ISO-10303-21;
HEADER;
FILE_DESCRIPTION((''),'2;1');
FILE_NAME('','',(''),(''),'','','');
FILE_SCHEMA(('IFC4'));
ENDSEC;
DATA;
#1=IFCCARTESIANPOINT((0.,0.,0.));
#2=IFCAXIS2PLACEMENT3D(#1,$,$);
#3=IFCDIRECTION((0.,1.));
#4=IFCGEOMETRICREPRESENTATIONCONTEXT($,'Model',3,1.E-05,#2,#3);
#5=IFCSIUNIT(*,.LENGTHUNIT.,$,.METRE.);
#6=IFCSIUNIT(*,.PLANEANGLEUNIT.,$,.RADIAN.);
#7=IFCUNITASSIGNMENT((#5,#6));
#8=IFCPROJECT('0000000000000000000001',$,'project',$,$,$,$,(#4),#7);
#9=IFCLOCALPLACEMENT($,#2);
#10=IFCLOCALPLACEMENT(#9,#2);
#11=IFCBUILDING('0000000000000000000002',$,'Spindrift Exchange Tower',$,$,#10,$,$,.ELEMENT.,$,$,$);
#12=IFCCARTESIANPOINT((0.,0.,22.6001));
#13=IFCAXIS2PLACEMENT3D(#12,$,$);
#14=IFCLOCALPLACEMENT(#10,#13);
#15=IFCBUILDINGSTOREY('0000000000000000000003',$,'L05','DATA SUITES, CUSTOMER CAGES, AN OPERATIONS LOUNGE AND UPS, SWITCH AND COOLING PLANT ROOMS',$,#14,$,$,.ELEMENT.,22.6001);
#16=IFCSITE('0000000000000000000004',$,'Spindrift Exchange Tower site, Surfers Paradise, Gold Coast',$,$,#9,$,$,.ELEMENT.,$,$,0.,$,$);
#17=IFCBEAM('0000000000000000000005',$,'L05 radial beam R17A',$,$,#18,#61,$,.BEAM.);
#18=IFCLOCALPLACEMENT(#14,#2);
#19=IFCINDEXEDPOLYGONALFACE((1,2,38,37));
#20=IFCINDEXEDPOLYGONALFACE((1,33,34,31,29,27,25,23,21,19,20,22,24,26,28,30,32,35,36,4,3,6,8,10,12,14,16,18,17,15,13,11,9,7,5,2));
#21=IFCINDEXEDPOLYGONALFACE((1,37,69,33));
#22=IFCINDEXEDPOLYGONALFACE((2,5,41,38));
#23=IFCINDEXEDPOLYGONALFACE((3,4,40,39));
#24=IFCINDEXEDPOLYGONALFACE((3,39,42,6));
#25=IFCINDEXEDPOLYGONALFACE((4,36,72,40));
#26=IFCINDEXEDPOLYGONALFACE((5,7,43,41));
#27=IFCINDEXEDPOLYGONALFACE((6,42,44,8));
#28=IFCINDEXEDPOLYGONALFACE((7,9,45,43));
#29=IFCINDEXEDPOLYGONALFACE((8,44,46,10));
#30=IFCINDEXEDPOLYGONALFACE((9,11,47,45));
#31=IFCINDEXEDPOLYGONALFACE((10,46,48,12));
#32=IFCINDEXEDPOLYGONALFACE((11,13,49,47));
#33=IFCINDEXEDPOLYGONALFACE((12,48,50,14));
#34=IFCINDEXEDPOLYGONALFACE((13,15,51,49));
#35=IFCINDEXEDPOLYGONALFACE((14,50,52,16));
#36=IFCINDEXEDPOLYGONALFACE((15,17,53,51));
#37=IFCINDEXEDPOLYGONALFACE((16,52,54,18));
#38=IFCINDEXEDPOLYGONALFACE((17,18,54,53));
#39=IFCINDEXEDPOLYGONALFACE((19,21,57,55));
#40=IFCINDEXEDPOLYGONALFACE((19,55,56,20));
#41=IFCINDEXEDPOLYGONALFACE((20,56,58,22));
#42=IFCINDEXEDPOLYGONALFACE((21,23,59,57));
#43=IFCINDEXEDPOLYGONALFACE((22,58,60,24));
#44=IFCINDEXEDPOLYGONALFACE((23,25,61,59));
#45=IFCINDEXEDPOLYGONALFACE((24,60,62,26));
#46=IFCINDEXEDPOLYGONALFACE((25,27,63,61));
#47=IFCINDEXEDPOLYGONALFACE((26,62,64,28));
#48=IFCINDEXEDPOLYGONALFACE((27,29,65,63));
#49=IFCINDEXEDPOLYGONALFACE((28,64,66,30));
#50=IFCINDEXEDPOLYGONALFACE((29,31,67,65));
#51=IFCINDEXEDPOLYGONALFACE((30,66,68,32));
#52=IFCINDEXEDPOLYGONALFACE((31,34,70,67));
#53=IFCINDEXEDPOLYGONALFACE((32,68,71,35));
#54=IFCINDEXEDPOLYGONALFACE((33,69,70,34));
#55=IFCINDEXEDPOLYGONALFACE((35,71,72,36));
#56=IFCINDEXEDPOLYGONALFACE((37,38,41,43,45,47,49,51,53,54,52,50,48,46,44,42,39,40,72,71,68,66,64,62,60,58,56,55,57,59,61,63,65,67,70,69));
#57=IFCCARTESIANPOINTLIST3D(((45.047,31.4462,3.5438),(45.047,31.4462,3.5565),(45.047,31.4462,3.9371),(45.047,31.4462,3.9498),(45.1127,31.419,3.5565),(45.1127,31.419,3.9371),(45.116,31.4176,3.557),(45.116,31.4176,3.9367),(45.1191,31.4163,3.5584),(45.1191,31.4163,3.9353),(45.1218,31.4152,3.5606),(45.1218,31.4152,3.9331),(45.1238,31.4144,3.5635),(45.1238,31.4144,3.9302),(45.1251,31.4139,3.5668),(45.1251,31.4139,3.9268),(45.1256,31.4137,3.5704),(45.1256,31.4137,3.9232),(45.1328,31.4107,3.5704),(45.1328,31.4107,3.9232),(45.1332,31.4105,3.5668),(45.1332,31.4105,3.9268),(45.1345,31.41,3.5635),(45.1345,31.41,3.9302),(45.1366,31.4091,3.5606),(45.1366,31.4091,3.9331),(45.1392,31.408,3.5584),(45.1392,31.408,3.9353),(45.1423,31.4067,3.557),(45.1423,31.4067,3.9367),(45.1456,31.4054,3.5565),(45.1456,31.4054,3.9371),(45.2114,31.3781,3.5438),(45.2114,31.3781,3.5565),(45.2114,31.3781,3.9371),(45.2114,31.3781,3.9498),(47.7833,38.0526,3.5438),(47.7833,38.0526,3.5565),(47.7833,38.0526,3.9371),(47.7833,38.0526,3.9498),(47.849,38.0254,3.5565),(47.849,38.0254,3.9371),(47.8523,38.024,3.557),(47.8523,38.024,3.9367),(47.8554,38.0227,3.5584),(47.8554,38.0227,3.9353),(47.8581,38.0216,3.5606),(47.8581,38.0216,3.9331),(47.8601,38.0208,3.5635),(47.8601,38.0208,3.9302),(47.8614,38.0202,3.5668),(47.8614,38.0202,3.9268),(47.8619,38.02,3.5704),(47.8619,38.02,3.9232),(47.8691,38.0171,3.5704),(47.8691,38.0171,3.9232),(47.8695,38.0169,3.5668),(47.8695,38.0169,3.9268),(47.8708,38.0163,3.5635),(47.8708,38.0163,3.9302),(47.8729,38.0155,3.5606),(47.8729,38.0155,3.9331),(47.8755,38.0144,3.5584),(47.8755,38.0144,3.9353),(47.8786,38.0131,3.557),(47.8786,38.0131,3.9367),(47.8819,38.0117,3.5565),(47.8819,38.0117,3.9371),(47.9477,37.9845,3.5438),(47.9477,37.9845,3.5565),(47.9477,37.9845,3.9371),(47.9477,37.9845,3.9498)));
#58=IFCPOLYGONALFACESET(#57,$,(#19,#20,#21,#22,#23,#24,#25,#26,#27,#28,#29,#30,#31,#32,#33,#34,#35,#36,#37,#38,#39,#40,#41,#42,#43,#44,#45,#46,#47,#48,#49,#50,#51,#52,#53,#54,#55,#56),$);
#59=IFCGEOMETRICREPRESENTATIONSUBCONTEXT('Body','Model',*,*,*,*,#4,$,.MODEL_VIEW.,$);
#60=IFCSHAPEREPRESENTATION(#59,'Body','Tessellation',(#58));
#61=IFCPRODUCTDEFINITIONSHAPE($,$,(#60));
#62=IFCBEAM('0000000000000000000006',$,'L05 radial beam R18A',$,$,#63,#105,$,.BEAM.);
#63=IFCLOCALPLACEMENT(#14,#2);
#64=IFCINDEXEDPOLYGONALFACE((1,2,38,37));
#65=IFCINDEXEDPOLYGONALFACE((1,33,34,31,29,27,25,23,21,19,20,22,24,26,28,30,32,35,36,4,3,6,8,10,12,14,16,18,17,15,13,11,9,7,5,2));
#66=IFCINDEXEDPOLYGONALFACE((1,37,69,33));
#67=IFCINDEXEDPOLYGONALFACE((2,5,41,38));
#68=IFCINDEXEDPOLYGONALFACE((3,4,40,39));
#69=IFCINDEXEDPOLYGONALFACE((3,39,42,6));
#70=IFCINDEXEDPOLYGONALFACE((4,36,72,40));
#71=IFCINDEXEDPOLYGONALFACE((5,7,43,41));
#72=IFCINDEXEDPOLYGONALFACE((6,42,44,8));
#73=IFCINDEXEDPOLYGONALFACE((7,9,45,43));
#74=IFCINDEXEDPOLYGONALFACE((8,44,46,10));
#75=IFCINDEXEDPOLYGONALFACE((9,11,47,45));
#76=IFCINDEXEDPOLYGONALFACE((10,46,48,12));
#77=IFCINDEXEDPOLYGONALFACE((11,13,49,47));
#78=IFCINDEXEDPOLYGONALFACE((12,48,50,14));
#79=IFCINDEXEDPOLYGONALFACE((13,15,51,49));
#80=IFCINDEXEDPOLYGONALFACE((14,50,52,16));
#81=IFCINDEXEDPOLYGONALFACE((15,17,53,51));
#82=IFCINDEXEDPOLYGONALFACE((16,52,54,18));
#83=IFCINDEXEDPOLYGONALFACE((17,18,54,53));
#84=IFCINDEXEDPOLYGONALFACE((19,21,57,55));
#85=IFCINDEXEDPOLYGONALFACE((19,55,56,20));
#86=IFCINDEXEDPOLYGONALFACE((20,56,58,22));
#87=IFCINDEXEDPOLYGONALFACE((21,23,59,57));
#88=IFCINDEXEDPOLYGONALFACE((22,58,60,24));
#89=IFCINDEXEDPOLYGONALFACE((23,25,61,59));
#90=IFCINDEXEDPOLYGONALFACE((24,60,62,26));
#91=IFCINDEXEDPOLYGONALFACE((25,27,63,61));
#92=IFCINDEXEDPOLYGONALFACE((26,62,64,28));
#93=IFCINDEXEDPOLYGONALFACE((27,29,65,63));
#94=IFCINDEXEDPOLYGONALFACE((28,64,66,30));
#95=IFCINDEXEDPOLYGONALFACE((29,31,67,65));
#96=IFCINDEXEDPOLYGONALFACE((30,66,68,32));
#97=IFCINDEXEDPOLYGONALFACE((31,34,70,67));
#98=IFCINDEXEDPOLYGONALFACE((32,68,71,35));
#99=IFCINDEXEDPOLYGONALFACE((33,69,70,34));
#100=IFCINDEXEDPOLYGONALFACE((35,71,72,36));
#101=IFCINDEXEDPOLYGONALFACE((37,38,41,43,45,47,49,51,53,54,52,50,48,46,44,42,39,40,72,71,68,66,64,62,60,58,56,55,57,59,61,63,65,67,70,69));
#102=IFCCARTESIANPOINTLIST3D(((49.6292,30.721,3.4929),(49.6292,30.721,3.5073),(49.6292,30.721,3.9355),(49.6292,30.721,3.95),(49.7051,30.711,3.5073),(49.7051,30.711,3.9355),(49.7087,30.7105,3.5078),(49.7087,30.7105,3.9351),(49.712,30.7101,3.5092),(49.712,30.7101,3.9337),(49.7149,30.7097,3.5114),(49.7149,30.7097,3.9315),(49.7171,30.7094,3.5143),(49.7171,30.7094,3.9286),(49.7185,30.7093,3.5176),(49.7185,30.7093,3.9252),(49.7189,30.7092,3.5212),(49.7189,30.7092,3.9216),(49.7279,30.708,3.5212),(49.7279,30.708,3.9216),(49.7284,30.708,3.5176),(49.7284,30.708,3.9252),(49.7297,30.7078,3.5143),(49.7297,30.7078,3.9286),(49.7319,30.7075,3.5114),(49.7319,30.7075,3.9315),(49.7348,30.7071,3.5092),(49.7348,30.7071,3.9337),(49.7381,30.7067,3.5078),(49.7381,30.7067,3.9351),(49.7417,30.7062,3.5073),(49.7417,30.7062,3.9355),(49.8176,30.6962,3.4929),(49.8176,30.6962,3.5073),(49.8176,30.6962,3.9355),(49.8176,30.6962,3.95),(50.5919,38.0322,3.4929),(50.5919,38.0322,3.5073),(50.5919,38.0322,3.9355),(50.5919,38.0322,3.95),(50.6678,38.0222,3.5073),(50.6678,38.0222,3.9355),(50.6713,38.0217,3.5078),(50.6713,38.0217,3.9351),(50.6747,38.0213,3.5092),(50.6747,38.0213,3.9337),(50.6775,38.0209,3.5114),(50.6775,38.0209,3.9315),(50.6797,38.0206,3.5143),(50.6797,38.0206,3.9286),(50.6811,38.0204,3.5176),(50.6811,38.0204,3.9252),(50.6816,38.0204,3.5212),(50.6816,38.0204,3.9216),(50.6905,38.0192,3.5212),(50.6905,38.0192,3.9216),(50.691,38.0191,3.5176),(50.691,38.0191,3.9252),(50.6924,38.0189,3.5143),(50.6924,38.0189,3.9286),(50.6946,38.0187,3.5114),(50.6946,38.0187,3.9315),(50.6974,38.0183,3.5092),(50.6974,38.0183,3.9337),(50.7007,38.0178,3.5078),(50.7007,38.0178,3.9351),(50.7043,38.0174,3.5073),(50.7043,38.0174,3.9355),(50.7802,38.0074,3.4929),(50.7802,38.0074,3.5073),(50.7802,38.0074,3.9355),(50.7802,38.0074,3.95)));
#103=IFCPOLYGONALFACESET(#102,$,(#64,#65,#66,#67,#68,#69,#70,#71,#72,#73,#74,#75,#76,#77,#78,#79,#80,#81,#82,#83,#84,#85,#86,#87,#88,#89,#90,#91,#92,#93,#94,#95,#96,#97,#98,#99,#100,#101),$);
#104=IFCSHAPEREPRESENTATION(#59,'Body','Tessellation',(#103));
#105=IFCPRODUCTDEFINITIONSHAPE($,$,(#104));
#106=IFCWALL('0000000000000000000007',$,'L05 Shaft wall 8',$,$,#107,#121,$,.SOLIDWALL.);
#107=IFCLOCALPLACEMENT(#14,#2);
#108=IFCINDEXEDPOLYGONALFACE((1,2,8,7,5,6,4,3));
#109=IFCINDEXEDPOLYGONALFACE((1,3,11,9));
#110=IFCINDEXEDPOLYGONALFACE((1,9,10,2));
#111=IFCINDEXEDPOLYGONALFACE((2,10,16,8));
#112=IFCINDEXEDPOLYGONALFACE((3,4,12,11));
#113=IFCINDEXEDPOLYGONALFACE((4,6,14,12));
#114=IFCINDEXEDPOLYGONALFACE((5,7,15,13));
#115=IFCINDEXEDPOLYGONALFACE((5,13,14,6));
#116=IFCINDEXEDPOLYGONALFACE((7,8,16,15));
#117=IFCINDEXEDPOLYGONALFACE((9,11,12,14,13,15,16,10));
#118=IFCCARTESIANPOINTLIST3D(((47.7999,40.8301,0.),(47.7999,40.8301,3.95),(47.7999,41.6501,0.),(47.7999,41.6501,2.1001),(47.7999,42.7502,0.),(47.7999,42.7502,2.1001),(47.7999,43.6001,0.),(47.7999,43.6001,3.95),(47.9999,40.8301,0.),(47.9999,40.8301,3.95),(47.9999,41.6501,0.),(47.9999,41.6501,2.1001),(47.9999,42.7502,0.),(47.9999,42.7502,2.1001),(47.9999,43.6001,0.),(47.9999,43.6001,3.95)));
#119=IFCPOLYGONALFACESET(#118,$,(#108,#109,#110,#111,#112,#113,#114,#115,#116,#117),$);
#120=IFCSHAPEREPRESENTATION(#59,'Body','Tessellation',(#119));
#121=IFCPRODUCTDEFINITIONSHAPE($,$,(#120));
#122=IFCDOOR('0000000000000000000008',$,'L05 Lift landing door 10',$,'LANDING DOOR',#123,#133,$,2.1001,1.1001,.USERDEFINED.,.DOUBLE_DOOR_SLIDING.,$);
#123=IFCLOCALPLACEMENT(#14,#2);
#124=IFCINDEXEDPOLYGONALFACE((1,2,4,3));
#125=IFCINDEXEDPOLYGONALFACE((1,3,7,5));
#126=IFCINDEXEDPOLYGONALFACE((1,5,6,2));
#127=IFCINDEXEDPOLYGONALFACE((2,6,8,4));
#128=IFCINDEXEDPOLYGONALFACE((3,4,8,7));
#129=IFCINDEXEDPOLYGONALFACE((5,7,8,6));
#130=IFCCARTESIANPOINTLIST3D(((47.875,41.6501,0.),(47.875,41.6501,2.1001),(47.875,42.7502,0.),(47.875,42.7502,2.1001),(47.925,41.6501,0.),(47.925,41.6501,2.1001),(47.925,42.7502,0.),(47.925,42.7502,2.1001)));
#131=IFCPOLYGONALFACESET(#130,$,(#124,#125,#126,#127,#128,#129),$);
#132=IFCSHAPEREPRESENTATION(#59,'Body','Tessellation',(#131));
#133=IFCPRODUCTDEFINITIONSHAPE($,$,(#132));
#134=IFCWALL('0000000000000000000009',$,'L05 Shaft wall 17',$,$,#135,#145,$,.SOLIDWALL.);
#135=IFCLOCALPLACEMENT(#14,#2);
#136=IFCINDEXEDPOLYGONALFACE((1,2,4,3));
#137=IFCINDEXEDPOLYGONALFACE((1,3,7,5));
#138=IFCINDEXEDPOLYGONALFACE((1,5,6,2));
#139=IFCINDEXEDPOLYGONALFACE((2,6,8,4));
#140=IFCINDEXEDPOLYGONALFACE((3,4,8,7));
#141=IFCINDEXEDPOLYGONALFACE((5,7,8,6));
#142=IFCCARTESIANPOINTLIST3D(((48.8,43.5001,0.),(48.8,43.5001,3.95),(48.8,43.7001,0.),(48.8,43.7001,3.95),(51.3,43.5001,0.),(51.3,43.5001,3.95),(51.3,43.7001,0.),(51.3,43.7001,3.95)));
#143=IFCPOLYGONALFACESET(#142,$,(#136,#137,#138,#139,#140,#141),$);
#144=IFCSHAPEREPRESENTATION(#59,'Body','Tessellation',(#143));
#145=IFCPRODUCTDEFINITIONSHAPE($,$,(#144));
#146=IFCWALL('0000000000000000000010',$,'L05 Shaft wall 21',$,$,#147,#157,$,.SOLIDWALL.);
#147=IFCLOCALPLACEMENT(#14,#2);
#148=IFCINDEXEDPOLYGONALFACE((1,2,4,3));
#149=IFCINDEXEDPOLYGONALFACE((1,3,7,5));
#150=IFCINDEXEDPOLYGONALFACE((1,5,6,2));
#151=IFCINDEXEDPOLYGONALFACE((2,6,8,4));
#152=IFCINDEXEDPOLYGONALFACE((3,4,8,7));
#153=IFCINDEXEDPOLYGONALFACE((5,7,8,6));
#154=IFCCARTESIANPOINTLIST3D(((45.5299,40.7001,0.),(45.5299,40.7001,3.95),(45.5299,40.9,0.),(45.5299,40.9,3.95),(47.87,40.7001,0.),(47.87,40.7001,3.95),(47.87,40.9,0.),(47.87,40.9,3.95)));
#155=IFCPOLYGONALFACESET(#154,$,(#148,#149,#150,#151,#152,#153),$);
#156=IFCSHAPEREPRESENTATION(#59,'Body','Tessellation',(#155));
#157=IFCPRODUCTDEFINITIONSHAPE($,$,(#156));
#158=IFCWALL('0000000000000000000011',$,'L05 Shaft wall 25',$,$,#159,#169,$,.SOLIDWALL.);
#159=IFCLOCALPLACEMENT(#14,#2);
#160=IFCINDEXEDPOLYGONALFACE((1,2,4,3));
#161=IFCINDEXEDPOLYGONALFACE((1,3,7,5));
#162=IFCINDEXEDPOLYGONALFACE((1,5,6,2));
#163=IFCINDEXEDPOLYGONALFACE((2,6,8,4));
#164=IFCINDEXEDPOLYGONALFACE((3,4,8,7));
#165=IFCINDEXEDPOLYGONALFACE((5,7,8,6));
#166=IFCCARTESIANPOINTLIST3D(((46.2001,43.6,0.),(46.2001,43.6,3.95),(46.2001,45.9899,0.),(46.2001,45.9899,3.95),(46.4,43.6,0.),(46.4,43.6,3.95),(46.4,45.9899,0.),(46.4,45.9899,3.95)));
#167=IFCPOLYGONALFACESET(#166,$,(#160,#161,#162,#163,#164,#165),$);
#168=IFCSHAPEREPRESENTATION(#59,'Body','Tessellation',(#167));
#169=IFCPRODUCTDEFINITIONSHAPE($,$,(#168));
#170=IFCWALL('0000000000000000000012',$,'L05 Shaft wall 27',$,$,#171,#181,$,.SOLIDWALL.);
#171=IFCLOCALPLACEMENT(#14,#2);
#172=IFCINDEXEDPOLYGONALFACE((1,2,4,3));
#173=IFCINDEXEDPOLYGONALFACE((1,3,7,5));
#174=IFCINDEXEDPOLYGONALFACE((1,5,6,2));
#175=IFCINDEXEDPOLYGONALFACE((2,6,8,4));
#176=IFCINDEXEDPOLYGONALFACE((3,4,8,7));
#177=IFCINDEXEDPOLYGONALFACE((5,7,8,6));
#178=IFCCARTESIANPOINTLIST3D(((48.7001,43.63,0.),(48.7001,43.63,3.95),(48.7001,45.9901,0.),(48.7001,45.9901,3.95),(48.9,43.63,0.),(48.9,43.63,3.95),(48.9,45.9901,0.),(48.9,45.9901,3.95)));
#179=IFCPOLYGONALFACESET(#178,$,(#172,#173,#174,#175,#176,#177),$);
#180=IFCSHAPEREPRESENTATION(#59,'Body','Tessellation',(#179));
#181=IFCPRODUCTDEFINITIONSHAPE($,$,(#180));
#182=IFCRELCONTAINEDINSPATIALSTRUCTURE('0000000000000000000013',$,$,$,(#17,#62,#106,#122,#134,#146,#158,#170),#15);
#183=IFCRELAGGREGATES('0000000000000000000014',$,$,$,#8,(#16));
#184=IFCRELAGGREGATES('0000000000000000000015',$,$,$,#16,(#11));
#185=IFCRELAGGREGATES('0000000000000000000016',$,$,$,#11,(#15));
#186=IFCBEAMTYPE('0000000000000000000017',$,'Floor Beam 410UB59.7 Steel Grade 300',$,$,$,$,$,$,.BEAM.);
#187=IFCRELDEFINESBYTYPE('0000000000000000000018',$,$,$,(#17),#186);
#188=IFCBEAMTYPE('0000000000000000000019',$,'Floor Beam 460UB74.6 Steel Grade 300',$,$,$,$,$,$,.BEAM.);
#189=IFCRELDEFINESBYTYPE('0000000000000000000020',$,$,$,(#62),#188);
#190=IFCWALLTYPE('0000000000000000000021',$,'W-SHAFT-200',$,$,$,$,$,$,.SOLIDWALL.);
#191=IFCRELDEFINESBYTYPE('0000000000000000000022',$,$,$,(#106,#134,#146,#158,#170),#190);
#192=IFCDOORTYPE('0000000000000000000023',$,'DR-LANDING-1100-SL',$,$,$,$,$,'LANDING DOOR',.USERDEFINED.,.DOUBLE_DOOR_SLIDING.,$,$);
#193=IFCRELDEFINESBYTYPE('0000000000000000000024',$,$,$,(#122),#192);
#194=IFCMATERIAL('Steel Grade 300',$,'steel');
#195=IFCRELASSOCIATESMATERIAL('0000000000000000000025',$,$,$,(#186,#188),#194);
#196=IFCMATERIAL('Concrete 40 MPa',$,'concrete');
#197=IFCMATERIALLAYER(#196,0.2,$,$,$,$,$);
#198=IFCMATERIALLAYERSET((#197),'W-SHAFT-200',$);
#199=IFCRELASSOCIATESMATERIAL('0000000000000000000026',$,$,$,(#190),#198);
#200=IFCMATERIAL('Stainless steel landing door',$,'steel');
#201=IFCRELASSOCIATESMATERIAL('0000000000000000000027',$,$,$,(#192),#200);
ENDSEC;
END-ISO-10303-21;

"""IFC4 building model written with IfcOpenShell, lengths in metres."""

from ifc_helpers import new_model, si_unit, direction, frame, frame_2d, origin, origin_2d, place, context, subcontext, project, spatial, rectangle, i_section, extrude, source, transform, mapped, material, layer, layer_set, material_profile, profile_set, type_object, element, fill, save


model = new_model("IFC4")

# Units and contexts
model_context = context("Model", 3, precision=1e-05, world=origin(), true_north=direction((0.0, 1.0)))
body_context = subcontext(model_context, "Body", "Model", "MODEL_VIEW")
ifc_project = project(units=[si_unit("LENGTHUNIT", "METRE"), si_unit("PLANEANGLEUNIT", "RADIAN")], contexts=[model_context])

# Site, building, storey
site_placement = place(None, origin())
site = spatial("IfcSite", under=ifc_project, at=site_placement, Name="Spindrift Exchange Tower site, Surfers Paradise, Gold Coast", CompositionType="ELEMENT", RefElevation=0.0)
building_placement = place(site_placement, origin())
building = spatial("IfcBuilding", under=site, at=building_placement, Name="Spindrift Exchange Tower", CompositionType="ELEMENT")
storey_placement = place(building_placement, frame((0.0, 0.0, 22.6001)))
storey = spatial("IfcBuildingStorey", under=building, at=storey_placement, Name="L05", Description="DATA SUITES, CUSTOMER CAGES, AN OPERATIONS LOUNGE AND UPS, SWITCH AND COOLING PLANT ROOMS", CompositionType="ELEMENT", Elevation=22.6001)

# Beams
ifc_material_1 = material(Name="Steel Grade 300", Category="steel")
ifc_material_profile_1 = material_profile(ifc_material_1, i_section(OverallWidth=0.178, OverallDepth=0.406, WebThickness=0.0078, FlangeThickness=0.0127, FilletRadius=0.0139, at=origin_2d()), Name="410UB59.7")
ifc_profile_set_1 = profile_set([ifc_material_profile_1], Name="Steel Grade 300")
beam_type_1 = type_object("IfcBeamType", Name="Floor Beam 410UB59.7 Steel Grade 300", PredefinedType="BEAM", material=ifc_profile_set_1)
shared_shape_1 = source(origin(), body_context, "Body", "SweptSolid", [
    extrude(i_section(OverallWidth=0.178, OverallDepth=0.406, WebThickness=0.0078, FlangeThickness=0.0127, FilletRadius=0.0139, at=origin_2d()), origin(), (0.0, 0.0, 1.0), 7.1506),
])
beam_1_placement = place(storey_placement, frame((47.8655, 38.0186, 3.7468), z_axis=(-0.382665, -0.923887, 0.0), x_axis=(0.923887, -0.382665, 0.0)))
element("IfcBeam", 1, at=beam_1_placement, inside=storey, type_object=beam_type_1, Name="L05 radial beam R17A", PredefinedType="BEAM", context=body_context, shape_type="MappedRepresentation", body=[
    mapped(shared_shape_1, transform((0.0, 0.0, 0.0), scale=1.0)),
])
ifc_material_profile_2 = material_profile(ifc_material_1, i_section(OverallWidth=0.1899, OverallDepth=0.457, WebThickness=0.009, FlangeThickness=0.0144, FilletRadius=0.0139, at=origin_2d()), Name="460UB74.6")
ifc_profile_set_2 = profile_set([ifc_material_profile_2], Name="Steel Grade 300")
beam_type_2 = type_object("IfcBeamType", Name="Floor Beam 460UB74.6 Steel Grade 300", PredefinedType="BEAM", material=ifc_profile_set_2)
shared_shape_2 = source(origin(), body_context, "Body", "SweptSolid", [
    extrude(i_section(OverallWidth=0.1899, OverallDepth=0.457, WebThickness=0.009, FlangeThickness=0.0144, FilletRadius=0.0139, at=origin_2d()), origin(), (0.0, 0.0, 1.0), 7.3743),
])
beam_2_placement = place(storey_placement, frame((50.686, 38.0198, 3.7214), z_axis=(-0.130539, -0.991443, 0.0), x_axis=(0.991443, -0.130539, 0.0)))
element("IfcBeam", 2, at=beam_2_placement, inside=storey, type_object=beam_type_2, Name="L05 radial beam R18A", PredefinedType="BEAM", context=body_context, shape_type="MappedRepresentation", body=[
    mapped(shared_shape_2, transform((0.0, 0.0, 0.0), scale=1.0)),
])

# Wall, opening, door
ifc_material_2 = material(Name="Concrete 40 MPa", Category="concrete")
ifc_layer_1 = layer(ifc_material_2, 0.2)
ifc_layer_set_1 = layer_set([ifc_layer_1], Name="W-SHAFT-200")
wall_type_1 = type_object("IfcWallType", Name="W-SHAFT-200", PredefinedType="SOLIDWALL", material=ifc_layer_set_1)
wall_1_placement = place(storey_placement, frame((47.8999, 40.8301, 0.0), z_axis=(0.0, 0.0, 1.0), x_axis=(0.0, 1.0, 0.0)))
wall_1 = element("IfcWall", 3, at=wall_1_placement, inside=storey, type_object=wall_type_1, Name="L05 Shaft wall 8", PredefinedType="SOLIDWALL", context=body_context, shape_type="SweptSolid", body=[
    extrude(rectangle(XDim=2.77, YDim=0.2, at=frame_2d((1.385, 0.0))), origin(), (0.0, 0.0, 1.0), 3.95),
])
opening_1_placement = place(wall_1_placement, frame((0.8201, 0.0, 0.0)))
opening_1 = element("IfcOpeningElement", 4, at=opening_1_placement, cuts=wall_1, PredefinedType="OPENING", context=body_context, shape_type="SweptSolid", body=[
    extrude(rectangle(XDim=1.1001, YDim=2.1001, at=frame_2d((0.55, 1.05))), frame((0.0, 0.1099, 0.0), z_axis=(0.0, -1.0, 0.0), x_axis=(1.0, 0.0, 0.0)), (0.0, 0.0, 1.0), 0.22),
])
ifc_material_3 = material(Name="Stainless steel landing door", Category="steel")
door_type_1 = type_object("IfcDoorType", Name="DR-LANDING-1100-SL", ElementType="LANDING DOOR", OperationType="DOUBLE_DOOR_SLIDING", PredefinedType="USERDEFINED", material=ifc_material_3)
shared_shape_3 = source(origin(), body_context, "Body", "SweptSolid", [
    extrude(rectangle(XDim=1.1001, YDim=2.1001, at=frame_2d((0.55, 1.05))), frame((0.0, 0.0249, 0.0), z_axis=(0.0, -1.0, 0.0), x_axis=(1.0, 0.0, 0.0)), (0.0, 0.0, 1.0), 0.05),
])
door_1_placement = place(opening_1_placement, origin())
door_1 = element("IfcDoor", 5, at=door_1_placement, inside=storey, type_object=door_type_1, Name="L05 Lift landing door 10", ObjectType="LANDING DOOR", OperationType="DOUBLE_DOOR_SLIDING", OverallHeight=2.1001, OverallWidth=1.1001, PredefinedType="USERDEFINED", context=body_context, shape_type="MappedRepresentation", body=[
    mapped(shared_shape_3, transform((0.0, 0.0, 0.0), scale=1.0)),
])
fill(opening_1, door_1)

# Walls
wall_2_placement = place(storey_placement, frame((48.8, 43.6001, 0.0), z_axis=(0.0, 0.0, 1.0), x_axis=(1.0, 0.0, 0.0)))
element("IfcWall", 6, at=wall_2_placement, inside=storey, type_object=wall_type_1, Name="L05 Shaft wall 17", PredefinedType="SOLIDWALL", context=body_context, shape_type="SweptSolid", body=[
    extrude(rectangle(XDim=2.5, YDim=0.2, at=frame_2d((1.25, 0.0))), origin(), (0.0, 0.0, 1.0), 3.95),
])
wall_3_placement = place(storey_placement, frame((45.53, 40.8, 0.0), z_axis=(0.0, 0.0, 1.0), x_axis=(1.0, 0.0, 0.0)))
element("IfcWall", 7, at=wall_3_placement, inside=storey, type_object=wall_type_1, Name="L05 Shaft wall 21", PredefinedType="SOLIDWALL", context=body_context, shape_type="SweptSolid", body=[
    extrude(rectangle(XDim=2.3401, YDim=0.2, at=frame_2d((1.1699, 0.0))), origin(), (0.0, 0.0, 1.0), 3.95),
])
wall_4_placement = place(storey_placement, frame((46.3, 43.6001, 0.0), z_axis=(0.0, 0.0, 1.0), x_axis=(0.0, 1.0, 0.0)))
element("IfcWall", 8, at=wall_4_placement, inside=storey, type_object=wall_type_1, Name="L05 Shaft wall 25", PredefinedType="SOLIDWALL", context=body_context, shape_type="SweptSolid", body=[
    extrude(rectangle(XDim=2.3899, YDim=0.2, at=frame_2d((1.1948, 0.0))), origin(), (0.0, 0.0, 1.0), 3.95),
])
for number, where, z_axis, x_axis, name in (
    (9, (48.8, 43.6299, 0.0), (0.0, 0.0, 1.0), (0.0, 1.0, 0.0), "L05 Shaft wall 27"),
):
    element("IfcWall", number, at=place(storey_placement, frame(where, z_axis=z_axis, x_axis=x_axis)), inside=storey, type_object=wall_type_1, Name=name, PredefinedType="SOLIDWALL", context=body_context, shape_type="SweptSolid", body=[
        extrude(rectangle(XDim=2.3601, YDim=0.2, at=frame_2d((1.1802, 0.0))), origin(), (0.0, 0.0, 1.0), 3.95),
    ])

save(model, "model.ifc")
